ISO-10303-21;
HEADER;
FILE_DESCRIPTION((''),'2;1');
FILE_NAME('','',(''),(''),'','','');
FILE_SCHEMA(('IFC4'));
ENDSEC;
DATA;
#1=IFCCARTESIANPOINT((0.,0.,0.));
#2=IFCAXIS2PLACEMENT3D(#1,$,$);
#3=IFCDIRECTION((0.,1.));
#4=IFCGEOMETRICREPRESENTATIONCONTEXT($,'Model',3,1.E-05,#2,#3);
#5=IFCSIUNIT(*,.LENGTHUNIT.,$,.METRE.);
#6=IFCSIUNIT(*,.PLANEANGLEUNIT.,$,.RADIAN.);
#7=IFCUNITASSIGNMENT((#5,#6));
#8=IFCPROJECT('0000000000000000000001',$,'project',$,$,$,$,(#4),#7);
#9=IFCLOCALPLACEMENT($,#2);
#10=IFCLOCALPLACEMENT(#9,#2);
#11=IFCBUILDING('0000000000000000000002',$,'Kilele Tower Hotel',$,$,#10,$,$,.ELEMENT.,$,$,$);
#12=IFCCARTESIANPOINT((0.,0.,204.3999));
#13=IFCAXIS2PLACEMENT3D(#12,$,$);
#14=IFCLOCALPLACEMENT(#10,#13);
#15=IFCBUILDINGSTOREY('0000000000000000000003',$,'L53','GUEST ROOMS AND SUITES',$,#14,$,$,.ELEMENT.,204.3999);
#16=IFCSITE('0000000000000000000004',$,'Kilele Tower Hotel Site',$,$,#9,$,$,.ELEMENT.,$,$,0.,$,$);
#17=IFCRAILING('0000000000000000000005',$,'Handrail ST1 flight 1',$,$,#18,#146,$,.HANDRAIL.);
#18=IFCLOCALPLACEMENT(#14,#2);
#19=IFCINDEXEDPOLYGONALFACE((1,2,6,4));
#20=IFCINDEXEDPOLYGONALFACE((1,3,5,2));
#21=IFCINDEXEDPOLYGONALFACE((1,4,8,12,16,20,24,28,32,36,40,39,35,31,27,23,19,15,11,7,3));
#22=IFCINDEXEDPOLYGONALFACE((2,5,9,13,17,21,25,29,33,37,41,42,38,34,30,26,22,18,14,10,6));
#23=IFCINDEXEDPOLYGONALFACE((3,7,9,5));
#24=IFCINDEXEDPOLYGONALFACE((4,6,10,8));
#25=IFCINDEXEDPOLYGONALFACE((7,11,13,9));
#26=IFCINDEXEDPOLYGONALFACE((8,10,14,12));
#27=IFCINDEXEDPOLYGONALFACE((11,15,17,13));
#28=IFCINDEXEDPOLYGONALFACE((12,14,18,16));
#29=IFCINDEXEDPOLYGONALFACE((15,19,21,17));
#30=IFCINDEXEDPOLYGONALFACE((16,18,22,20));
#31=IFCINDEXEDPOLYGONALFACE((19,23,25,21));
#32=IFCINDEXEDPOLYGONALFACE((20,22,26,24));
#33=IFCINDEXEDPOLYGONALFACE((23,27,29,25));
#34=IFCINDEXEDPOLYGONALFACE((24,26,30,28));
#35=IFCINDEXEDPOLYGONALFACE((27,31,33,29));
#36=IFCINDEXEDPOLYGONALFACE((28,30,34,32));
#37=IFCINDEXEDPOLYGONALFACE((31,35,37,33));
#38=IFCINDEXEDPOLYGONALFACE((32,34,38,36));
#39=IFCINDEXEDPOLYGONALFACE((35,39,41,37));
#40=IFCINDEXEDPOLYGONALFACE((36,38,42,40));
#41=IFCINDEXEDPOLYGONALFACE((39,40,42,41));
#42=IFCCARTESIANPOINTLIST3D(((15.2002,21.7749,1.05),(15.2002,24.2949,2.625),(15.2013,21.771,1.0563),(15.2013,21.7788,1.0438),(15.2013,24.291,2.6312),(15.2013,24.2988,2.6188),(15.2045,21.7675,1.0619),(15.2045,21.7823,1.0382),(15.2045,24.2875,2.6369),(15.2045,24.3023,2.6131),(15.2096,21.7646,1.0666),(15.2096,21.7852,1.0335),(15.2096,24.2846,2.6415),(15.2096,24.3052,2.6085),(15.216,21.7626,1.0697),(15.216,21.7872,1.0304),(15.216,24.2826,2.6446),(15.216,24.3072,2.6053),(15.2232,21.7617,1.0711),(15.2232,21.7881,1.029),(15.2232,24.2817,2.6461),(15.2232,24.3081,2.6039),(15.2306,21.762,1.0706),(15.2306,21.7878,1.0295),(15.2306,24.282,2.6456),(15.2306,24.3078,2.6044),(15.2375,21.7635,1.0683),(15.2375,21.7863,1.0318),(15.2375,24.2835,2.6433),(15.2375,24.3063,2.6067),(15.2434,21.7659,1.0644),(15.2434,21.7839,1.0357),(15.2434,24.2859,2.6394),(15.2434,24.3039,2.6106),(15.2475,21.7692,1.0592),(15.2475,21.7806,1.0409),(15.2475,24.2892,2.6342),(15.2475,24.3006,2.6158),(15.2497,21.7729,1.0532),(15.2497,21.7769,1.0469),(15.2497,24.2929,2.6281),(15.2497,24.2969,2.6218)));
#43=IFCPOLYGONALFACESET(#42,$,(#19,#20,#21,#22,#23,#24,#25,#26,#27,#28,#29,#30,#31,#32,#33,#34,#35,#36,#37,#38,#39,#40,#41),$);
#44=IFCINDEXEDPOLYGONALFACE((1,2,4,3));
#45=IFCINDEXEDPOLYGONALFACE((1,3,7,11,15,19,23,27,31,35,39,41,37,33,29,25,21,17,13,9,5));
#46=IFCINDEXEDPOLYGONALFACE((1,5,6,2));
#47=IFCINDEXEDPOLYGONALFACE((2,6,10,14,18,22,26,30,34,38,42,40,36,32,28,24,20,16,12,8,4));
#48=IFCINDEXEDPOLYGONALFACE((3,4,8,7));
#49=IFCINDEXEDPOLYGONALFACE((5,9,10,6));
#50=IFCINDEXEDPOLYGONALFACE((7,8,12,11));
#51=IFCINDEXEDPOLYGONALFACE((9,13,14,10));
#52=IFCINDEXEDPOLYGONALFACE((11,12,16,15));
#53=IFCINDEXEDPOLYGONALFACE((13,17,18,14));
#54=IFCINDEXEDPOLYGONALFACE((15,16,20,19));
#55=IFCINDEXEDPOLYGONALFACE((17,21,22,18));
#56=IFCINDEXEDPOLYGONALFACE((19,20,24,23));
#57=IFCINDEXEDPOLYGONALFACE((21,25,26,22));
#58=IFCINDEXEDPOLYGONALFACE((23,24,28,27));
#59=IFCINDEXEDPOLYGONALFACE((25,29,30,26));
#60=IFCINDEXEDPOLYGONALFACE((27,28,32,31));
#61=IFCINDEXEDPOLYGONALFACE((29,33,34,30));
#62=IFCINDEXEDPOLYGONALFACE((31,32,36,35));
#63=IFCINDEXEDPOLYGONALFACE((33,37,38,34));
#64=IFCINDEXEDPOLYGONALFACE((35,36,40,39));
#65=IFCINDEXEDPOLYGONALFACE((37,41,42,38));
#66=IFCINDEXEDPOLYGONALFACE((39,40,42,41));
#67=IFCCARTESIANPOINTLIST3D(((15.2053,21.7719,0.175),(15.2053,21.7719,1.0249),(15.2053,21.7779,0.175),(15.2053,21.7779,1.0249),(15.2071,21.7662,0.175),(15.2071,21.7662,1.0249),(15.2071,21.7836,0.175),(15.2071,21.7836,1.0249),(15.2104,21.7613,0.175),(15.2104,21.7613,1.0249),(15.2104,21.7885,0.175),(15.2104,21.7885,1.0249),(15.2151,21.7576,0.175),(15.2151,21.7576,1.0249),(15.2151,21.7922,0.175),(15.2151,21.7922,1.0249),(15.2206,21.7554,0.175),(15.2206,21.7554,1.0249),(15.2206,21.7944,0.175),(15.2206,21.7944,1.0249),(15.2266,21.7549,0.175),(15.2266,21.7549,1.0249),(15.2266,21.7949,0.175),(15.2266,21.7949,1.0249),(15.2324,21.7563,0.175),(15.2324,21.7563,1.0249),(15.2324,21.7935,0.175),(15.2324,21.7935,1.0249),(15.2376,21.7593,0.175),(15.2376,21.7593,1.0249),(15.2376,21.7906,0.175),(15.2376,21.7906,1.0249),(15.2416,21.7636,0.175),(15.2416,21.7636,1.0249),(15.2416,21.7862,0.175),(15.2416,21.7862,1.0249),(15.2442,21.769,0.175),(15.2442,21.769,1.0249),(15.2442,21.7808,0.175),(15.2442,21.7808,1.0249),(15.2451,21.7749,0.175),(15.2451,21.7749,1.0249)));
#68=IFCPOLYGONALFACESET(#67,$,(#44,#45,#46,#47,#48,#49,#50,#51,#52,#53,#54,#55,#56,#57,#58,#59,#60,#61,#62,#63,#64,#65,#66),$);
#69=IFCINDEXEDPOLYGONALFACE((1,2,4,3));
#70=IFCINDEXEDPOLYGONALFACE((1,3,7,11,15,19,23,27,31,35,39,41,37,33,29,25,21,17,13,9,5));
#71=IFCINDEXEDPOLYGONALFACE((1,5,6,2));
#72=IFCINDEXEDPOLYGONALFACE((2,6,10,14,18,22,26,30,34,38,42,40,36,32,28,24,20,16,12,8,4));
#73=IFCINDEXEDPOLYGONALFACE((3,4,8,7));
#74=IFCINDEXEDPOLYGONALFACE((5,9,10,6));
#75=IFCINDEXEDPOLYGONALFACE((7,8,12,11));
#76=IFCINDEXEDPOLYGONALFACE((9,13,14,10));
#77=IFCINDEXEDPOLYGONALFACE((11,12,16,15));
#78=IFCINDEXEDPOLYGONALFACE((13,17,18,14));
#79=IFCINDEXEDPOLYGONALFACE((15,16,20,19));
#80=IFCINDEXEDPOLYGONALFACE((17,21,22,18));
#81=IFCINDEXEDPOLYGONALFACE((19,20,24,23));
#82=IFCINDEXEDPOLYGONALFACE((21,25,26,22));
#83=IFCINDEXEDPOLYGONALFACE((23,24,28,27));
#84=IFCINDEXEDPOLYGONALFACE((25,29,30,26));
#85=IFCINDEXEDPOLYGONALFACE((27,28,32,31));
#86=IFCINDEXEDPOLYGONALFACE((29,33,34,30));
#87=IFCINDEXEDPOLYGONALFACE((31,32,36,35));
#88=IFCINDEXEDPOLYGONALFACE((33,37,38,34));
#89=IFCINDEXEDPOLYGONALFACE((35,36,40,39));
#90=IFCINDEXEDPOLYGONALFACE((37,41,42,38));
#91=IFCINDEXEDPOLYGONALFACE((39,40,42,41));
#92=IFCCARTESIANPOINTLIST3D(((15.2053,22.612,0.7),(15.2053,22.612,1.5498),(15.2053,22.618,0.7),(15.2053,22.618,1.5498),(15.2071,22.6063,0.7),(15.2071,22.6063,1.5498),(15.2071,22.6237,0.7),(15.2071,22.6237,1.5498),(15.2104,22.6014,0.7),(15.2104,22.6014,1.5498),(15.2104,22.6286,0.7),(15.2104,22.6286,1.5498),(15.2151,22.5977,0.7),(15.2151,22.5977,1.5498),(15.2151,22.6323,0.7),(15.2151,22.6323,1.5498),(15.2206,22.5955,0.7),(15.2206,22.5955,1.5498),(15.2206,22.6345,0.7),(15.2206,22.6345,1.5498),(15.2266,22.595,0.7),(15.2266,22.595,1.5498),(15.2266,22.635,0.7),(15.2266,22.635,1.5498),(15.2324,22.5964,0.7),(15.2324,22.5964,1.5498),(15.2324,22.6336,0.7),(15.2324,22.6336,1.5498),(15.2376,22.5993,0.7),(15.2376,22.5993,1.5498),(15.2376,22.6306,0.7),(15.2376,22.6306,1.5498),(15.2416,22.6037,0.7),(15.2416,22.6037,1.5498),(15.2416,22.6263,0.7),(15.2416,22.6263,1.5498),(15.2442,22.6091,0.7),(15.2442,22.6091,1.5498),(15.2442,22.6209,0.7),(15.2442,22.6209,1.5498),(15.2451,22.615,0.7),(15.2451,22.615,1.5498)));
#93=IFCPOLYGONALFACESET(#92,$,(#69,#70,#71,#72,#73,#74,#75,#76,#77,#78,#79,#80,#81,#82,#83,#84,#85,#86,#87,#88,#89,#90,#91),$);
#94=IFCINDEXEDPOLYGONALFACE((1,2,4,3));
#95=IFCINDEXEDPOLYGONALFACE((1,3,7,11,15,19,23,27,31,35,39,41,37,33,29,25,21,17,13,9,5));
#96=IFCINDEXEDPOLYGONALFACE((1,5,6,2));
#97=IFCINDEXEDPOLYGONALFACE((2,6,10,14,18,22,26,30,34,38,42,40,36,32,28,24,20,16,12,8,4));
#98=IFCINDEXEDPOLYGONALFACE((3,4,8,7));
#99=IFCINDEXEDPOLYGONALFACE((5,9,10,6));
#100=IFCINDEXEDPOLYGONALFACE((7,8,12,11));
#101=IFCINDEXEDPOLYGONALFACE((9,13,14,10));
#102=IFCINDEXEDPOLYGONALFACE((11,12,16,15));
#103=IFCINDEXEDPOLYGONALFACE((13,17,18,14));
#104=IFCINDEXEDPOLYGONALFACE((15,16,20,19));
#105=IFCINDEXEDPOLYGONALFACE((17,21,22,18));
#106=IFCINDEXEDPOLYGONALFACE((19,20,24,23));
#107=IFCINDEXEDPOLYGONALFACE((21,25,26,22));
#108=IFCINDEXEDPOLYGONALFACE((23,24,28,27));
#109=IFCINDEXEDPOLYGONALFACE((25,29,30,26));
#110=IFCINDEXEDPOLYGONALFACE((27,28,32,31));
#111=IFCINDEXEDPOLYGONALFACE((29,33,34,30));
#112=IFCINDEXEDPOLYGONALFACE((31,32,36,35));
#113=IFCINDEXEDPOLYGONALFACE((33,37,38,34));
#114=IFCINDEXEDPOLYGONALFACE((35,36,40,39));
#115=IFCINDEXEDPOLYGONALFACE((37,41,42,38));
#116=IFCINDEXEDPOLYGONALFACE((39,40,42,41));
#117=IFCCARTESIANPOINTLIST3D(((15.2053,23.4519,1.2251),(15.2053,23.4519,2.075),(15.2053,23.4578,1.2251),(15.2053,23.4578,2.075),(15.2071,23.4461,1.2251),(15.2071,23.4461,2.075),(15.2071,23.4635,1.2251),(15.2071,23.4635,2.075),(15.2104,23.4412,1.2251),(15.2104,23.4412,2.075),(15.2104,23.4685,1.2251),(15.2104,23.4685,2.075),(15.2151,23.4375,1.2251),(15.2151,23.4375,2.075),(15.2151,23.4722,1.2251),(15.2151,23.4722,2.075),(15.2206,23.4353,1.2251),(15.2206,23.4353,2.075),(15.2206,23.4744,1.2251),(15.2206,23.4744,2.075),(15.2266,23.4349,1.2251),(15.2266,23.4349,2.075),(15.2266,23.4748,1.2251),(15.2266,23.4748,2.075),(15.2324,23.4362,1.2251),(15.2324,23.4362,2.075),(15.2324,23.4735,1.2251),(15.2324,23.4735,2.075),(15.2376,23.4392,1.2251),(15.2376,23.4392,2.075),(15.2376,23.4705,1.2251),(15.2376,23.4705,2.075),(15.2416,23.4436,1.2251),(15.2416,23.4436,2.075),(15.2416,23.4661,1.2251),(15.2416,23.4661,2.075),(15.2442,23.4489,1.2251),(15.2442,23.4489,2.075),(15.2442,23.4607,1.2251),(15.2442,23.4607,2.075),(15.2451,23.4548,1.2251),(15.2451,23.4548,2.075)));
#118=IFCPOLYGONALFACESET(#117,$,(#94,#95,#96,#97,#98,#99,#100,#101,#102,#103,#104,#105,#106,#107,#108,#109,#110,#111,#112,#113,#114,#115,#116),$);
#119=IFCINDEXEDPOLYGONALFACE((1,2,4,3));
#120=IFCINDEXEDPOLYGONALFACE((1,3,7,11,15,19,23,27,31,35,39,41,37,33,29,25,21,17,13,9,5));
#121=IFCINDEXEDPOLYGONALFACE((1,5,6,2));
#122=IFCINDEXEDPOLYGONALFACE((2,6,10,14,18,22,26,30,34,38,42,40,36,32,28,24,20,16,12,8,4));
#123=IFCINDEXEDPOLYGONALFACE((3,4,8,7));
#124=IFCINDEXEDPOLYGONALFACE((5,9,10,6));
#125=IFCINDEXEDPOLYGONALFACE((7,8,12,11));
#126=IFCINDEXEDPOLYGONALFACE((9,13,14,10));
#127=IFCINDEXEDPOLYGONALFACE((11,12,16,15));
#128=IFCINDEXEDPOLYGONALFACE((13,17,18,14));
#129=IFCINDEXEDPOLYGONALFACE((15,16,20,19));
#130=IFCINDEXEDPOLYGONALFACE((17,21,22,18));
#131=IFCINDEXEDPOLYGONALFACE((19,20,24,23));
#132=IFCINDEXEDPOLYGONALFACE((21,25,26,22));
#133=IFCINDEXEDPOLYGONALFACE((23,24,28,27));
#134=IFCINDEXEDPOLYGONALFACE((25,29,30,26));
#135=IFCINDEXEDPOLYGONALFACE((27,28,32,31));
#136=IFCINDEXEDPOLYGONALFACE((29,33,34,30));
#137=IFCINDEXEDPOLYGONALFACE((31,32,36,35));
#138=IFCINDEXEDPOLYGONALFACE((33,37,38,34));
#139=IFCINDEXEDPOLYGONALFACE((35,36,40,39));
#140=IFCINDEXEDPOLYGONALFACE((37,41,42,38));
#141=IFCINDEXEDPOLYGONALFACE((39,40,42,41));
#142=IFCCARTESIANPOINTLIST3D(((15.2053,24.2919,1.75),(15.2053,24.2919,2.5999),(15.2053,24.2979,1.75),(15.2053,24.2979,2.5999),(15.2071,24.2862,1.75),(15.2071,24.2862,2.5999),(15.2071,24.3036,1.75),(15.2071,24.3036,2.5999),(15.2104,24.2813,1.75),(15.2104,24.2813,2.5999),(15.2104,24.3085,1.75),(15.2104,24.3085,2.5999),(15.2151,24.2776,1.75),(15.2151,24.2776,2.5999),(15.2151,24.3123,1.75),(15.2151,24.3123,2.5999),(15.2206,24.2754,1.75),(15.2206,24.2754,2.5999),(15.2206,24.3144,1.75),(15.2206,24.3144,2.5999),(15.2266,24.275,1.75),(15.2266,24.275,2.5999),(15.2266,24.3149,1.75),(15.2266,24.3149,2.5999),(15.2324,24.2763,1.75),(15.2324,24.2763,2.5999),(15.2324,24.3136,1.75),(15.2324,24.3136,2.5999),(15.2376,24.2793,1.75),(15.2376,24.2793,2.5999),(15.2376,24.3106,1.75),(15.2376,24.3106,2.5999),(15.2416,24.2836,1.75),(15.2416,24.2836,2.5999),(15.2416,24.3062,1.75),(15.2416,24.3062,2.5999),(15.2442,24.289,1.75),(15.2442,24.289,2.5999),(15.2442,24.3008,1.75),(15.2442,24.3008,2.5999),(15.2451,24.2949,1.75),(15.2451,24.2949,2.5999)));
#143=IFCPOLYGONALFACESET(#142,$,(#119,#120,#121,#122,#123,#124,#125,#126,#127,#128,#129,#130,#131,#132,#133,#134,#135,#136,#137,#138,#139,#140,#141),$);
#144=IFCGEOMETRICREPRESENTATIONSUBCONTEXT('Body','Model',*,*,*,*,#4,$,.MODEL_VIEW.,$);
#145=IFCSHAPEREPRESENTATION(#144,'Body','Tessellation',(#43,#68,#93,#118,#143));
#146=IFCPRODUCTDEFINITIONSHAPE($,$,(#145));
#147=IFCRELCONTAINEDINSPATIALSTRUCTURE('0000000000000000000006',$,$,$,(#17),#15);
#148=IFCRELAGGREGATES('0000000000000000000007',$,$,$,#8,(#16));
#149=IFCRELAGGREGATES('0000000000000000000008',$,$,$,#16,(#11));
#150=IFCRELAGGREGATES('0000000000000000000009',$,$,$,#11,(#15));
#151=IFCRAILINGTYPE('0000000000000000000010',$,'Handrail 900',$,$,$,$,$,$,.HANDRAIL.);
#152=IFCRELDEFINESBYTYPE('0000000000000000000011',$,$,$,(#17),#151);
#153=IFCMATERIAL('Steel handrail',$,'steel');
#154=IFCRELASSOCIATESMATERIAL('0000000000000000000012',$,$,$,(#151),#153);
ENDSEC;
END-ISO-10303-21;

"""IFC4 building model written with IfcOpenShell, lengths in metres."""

from ifc_helpers import new_model, si_unit, direction, frame, origin, origin_2d, place, context, subcontext, project, spatial, circle, extrude, material, type_object, element, save


model = new_model("IFC4")

# Units and contexts
model_context = context("Model", 3, precision=1e-05, world=origin(), true_north=direction((0.0, 1.0)))
body_context = subcontext(model_context, "Body", "Model", "MODEL_VIEW")
ifc_project = project(units=[si_unit("LENGTHUNIT", "METRE"), si_unit("PLANEANGLEUNIT", "RADIAN")], contexts=[model_context])

# Site, building, storey
site_placement = place(None, origin())
site = spatial("IfcSite", under=ifc_project, at=site_placement, Name="Kilele Tower Hotel Site", CompositionType="ELEMENT", RefElevation=0.0)
building_placement = place(site_placement, origin())
building = spatial("IfcBuilding", under=site, at=building_placement, Name="Kilele Tower Hotel", CompositionType="ELEMENT")
storey_placement = place(building_placement, frame((0.0, 0.0, 204.3999)))
storey = spatial("IfcBuildingStorey", under=building, at=storey_placement, Name="L53", Description="GUEST ROOMS AND SUITES", CompositionType="ELEMENT", Elevation=204.3999)

# Railing
ifc_material_1 = material(Name="Steel handrail", Category="steel")
railing_type_1 = type_object("IfcRailingType", Name="Handrail 900", PredefinedType="HANDRAIL", material=ifc_material_1)
for number, where, name in (
    (1, (15.2251, 21.7749, 0.175), "Handrail ST1 flight 1"),
):
    element("IfcRailing", number, at=place(storey_placement, frame(where)), inside=storey, type_object=railing_type_1, Name=name, PredefinedType="HANDRAIL", context=body_context, shape_type="SweptSolid", body=[
        extrude(circle(Radius=0.0249, at=origin_2d()), frame((0.0, 0.0, 0.875), z_axis=(0.0, 0.848008, 0.529984), x_axis=(-1.0, 0.0, 0.0)), (0.0, 0.0, 1.0), 2.9717),
        extrude(circle(Radius=0.02, at=origin_2d()), origin(), (0.0, 0.0, 1.0), 0.8499),
        extrude(circle(Radius=0.02, at=origin_2d()), frame((0.0, 0.8401, 0.5249)), (0.0, 0.0, 1.0), 0.8499),
        extrude(circle(Radius=0.02, at=origin_2d()), frame((0.0, 1.6799, 1.05)), (0.0, 0.0, 1.0), 0.8499),
        extrude(circle(Radius=0.02, at=origin_2d()), frame((0.0, 2.52, 1.575)), (0.0, 0.0, 1.0), 0.8499),
    ])

save(model, "model.ifc")
